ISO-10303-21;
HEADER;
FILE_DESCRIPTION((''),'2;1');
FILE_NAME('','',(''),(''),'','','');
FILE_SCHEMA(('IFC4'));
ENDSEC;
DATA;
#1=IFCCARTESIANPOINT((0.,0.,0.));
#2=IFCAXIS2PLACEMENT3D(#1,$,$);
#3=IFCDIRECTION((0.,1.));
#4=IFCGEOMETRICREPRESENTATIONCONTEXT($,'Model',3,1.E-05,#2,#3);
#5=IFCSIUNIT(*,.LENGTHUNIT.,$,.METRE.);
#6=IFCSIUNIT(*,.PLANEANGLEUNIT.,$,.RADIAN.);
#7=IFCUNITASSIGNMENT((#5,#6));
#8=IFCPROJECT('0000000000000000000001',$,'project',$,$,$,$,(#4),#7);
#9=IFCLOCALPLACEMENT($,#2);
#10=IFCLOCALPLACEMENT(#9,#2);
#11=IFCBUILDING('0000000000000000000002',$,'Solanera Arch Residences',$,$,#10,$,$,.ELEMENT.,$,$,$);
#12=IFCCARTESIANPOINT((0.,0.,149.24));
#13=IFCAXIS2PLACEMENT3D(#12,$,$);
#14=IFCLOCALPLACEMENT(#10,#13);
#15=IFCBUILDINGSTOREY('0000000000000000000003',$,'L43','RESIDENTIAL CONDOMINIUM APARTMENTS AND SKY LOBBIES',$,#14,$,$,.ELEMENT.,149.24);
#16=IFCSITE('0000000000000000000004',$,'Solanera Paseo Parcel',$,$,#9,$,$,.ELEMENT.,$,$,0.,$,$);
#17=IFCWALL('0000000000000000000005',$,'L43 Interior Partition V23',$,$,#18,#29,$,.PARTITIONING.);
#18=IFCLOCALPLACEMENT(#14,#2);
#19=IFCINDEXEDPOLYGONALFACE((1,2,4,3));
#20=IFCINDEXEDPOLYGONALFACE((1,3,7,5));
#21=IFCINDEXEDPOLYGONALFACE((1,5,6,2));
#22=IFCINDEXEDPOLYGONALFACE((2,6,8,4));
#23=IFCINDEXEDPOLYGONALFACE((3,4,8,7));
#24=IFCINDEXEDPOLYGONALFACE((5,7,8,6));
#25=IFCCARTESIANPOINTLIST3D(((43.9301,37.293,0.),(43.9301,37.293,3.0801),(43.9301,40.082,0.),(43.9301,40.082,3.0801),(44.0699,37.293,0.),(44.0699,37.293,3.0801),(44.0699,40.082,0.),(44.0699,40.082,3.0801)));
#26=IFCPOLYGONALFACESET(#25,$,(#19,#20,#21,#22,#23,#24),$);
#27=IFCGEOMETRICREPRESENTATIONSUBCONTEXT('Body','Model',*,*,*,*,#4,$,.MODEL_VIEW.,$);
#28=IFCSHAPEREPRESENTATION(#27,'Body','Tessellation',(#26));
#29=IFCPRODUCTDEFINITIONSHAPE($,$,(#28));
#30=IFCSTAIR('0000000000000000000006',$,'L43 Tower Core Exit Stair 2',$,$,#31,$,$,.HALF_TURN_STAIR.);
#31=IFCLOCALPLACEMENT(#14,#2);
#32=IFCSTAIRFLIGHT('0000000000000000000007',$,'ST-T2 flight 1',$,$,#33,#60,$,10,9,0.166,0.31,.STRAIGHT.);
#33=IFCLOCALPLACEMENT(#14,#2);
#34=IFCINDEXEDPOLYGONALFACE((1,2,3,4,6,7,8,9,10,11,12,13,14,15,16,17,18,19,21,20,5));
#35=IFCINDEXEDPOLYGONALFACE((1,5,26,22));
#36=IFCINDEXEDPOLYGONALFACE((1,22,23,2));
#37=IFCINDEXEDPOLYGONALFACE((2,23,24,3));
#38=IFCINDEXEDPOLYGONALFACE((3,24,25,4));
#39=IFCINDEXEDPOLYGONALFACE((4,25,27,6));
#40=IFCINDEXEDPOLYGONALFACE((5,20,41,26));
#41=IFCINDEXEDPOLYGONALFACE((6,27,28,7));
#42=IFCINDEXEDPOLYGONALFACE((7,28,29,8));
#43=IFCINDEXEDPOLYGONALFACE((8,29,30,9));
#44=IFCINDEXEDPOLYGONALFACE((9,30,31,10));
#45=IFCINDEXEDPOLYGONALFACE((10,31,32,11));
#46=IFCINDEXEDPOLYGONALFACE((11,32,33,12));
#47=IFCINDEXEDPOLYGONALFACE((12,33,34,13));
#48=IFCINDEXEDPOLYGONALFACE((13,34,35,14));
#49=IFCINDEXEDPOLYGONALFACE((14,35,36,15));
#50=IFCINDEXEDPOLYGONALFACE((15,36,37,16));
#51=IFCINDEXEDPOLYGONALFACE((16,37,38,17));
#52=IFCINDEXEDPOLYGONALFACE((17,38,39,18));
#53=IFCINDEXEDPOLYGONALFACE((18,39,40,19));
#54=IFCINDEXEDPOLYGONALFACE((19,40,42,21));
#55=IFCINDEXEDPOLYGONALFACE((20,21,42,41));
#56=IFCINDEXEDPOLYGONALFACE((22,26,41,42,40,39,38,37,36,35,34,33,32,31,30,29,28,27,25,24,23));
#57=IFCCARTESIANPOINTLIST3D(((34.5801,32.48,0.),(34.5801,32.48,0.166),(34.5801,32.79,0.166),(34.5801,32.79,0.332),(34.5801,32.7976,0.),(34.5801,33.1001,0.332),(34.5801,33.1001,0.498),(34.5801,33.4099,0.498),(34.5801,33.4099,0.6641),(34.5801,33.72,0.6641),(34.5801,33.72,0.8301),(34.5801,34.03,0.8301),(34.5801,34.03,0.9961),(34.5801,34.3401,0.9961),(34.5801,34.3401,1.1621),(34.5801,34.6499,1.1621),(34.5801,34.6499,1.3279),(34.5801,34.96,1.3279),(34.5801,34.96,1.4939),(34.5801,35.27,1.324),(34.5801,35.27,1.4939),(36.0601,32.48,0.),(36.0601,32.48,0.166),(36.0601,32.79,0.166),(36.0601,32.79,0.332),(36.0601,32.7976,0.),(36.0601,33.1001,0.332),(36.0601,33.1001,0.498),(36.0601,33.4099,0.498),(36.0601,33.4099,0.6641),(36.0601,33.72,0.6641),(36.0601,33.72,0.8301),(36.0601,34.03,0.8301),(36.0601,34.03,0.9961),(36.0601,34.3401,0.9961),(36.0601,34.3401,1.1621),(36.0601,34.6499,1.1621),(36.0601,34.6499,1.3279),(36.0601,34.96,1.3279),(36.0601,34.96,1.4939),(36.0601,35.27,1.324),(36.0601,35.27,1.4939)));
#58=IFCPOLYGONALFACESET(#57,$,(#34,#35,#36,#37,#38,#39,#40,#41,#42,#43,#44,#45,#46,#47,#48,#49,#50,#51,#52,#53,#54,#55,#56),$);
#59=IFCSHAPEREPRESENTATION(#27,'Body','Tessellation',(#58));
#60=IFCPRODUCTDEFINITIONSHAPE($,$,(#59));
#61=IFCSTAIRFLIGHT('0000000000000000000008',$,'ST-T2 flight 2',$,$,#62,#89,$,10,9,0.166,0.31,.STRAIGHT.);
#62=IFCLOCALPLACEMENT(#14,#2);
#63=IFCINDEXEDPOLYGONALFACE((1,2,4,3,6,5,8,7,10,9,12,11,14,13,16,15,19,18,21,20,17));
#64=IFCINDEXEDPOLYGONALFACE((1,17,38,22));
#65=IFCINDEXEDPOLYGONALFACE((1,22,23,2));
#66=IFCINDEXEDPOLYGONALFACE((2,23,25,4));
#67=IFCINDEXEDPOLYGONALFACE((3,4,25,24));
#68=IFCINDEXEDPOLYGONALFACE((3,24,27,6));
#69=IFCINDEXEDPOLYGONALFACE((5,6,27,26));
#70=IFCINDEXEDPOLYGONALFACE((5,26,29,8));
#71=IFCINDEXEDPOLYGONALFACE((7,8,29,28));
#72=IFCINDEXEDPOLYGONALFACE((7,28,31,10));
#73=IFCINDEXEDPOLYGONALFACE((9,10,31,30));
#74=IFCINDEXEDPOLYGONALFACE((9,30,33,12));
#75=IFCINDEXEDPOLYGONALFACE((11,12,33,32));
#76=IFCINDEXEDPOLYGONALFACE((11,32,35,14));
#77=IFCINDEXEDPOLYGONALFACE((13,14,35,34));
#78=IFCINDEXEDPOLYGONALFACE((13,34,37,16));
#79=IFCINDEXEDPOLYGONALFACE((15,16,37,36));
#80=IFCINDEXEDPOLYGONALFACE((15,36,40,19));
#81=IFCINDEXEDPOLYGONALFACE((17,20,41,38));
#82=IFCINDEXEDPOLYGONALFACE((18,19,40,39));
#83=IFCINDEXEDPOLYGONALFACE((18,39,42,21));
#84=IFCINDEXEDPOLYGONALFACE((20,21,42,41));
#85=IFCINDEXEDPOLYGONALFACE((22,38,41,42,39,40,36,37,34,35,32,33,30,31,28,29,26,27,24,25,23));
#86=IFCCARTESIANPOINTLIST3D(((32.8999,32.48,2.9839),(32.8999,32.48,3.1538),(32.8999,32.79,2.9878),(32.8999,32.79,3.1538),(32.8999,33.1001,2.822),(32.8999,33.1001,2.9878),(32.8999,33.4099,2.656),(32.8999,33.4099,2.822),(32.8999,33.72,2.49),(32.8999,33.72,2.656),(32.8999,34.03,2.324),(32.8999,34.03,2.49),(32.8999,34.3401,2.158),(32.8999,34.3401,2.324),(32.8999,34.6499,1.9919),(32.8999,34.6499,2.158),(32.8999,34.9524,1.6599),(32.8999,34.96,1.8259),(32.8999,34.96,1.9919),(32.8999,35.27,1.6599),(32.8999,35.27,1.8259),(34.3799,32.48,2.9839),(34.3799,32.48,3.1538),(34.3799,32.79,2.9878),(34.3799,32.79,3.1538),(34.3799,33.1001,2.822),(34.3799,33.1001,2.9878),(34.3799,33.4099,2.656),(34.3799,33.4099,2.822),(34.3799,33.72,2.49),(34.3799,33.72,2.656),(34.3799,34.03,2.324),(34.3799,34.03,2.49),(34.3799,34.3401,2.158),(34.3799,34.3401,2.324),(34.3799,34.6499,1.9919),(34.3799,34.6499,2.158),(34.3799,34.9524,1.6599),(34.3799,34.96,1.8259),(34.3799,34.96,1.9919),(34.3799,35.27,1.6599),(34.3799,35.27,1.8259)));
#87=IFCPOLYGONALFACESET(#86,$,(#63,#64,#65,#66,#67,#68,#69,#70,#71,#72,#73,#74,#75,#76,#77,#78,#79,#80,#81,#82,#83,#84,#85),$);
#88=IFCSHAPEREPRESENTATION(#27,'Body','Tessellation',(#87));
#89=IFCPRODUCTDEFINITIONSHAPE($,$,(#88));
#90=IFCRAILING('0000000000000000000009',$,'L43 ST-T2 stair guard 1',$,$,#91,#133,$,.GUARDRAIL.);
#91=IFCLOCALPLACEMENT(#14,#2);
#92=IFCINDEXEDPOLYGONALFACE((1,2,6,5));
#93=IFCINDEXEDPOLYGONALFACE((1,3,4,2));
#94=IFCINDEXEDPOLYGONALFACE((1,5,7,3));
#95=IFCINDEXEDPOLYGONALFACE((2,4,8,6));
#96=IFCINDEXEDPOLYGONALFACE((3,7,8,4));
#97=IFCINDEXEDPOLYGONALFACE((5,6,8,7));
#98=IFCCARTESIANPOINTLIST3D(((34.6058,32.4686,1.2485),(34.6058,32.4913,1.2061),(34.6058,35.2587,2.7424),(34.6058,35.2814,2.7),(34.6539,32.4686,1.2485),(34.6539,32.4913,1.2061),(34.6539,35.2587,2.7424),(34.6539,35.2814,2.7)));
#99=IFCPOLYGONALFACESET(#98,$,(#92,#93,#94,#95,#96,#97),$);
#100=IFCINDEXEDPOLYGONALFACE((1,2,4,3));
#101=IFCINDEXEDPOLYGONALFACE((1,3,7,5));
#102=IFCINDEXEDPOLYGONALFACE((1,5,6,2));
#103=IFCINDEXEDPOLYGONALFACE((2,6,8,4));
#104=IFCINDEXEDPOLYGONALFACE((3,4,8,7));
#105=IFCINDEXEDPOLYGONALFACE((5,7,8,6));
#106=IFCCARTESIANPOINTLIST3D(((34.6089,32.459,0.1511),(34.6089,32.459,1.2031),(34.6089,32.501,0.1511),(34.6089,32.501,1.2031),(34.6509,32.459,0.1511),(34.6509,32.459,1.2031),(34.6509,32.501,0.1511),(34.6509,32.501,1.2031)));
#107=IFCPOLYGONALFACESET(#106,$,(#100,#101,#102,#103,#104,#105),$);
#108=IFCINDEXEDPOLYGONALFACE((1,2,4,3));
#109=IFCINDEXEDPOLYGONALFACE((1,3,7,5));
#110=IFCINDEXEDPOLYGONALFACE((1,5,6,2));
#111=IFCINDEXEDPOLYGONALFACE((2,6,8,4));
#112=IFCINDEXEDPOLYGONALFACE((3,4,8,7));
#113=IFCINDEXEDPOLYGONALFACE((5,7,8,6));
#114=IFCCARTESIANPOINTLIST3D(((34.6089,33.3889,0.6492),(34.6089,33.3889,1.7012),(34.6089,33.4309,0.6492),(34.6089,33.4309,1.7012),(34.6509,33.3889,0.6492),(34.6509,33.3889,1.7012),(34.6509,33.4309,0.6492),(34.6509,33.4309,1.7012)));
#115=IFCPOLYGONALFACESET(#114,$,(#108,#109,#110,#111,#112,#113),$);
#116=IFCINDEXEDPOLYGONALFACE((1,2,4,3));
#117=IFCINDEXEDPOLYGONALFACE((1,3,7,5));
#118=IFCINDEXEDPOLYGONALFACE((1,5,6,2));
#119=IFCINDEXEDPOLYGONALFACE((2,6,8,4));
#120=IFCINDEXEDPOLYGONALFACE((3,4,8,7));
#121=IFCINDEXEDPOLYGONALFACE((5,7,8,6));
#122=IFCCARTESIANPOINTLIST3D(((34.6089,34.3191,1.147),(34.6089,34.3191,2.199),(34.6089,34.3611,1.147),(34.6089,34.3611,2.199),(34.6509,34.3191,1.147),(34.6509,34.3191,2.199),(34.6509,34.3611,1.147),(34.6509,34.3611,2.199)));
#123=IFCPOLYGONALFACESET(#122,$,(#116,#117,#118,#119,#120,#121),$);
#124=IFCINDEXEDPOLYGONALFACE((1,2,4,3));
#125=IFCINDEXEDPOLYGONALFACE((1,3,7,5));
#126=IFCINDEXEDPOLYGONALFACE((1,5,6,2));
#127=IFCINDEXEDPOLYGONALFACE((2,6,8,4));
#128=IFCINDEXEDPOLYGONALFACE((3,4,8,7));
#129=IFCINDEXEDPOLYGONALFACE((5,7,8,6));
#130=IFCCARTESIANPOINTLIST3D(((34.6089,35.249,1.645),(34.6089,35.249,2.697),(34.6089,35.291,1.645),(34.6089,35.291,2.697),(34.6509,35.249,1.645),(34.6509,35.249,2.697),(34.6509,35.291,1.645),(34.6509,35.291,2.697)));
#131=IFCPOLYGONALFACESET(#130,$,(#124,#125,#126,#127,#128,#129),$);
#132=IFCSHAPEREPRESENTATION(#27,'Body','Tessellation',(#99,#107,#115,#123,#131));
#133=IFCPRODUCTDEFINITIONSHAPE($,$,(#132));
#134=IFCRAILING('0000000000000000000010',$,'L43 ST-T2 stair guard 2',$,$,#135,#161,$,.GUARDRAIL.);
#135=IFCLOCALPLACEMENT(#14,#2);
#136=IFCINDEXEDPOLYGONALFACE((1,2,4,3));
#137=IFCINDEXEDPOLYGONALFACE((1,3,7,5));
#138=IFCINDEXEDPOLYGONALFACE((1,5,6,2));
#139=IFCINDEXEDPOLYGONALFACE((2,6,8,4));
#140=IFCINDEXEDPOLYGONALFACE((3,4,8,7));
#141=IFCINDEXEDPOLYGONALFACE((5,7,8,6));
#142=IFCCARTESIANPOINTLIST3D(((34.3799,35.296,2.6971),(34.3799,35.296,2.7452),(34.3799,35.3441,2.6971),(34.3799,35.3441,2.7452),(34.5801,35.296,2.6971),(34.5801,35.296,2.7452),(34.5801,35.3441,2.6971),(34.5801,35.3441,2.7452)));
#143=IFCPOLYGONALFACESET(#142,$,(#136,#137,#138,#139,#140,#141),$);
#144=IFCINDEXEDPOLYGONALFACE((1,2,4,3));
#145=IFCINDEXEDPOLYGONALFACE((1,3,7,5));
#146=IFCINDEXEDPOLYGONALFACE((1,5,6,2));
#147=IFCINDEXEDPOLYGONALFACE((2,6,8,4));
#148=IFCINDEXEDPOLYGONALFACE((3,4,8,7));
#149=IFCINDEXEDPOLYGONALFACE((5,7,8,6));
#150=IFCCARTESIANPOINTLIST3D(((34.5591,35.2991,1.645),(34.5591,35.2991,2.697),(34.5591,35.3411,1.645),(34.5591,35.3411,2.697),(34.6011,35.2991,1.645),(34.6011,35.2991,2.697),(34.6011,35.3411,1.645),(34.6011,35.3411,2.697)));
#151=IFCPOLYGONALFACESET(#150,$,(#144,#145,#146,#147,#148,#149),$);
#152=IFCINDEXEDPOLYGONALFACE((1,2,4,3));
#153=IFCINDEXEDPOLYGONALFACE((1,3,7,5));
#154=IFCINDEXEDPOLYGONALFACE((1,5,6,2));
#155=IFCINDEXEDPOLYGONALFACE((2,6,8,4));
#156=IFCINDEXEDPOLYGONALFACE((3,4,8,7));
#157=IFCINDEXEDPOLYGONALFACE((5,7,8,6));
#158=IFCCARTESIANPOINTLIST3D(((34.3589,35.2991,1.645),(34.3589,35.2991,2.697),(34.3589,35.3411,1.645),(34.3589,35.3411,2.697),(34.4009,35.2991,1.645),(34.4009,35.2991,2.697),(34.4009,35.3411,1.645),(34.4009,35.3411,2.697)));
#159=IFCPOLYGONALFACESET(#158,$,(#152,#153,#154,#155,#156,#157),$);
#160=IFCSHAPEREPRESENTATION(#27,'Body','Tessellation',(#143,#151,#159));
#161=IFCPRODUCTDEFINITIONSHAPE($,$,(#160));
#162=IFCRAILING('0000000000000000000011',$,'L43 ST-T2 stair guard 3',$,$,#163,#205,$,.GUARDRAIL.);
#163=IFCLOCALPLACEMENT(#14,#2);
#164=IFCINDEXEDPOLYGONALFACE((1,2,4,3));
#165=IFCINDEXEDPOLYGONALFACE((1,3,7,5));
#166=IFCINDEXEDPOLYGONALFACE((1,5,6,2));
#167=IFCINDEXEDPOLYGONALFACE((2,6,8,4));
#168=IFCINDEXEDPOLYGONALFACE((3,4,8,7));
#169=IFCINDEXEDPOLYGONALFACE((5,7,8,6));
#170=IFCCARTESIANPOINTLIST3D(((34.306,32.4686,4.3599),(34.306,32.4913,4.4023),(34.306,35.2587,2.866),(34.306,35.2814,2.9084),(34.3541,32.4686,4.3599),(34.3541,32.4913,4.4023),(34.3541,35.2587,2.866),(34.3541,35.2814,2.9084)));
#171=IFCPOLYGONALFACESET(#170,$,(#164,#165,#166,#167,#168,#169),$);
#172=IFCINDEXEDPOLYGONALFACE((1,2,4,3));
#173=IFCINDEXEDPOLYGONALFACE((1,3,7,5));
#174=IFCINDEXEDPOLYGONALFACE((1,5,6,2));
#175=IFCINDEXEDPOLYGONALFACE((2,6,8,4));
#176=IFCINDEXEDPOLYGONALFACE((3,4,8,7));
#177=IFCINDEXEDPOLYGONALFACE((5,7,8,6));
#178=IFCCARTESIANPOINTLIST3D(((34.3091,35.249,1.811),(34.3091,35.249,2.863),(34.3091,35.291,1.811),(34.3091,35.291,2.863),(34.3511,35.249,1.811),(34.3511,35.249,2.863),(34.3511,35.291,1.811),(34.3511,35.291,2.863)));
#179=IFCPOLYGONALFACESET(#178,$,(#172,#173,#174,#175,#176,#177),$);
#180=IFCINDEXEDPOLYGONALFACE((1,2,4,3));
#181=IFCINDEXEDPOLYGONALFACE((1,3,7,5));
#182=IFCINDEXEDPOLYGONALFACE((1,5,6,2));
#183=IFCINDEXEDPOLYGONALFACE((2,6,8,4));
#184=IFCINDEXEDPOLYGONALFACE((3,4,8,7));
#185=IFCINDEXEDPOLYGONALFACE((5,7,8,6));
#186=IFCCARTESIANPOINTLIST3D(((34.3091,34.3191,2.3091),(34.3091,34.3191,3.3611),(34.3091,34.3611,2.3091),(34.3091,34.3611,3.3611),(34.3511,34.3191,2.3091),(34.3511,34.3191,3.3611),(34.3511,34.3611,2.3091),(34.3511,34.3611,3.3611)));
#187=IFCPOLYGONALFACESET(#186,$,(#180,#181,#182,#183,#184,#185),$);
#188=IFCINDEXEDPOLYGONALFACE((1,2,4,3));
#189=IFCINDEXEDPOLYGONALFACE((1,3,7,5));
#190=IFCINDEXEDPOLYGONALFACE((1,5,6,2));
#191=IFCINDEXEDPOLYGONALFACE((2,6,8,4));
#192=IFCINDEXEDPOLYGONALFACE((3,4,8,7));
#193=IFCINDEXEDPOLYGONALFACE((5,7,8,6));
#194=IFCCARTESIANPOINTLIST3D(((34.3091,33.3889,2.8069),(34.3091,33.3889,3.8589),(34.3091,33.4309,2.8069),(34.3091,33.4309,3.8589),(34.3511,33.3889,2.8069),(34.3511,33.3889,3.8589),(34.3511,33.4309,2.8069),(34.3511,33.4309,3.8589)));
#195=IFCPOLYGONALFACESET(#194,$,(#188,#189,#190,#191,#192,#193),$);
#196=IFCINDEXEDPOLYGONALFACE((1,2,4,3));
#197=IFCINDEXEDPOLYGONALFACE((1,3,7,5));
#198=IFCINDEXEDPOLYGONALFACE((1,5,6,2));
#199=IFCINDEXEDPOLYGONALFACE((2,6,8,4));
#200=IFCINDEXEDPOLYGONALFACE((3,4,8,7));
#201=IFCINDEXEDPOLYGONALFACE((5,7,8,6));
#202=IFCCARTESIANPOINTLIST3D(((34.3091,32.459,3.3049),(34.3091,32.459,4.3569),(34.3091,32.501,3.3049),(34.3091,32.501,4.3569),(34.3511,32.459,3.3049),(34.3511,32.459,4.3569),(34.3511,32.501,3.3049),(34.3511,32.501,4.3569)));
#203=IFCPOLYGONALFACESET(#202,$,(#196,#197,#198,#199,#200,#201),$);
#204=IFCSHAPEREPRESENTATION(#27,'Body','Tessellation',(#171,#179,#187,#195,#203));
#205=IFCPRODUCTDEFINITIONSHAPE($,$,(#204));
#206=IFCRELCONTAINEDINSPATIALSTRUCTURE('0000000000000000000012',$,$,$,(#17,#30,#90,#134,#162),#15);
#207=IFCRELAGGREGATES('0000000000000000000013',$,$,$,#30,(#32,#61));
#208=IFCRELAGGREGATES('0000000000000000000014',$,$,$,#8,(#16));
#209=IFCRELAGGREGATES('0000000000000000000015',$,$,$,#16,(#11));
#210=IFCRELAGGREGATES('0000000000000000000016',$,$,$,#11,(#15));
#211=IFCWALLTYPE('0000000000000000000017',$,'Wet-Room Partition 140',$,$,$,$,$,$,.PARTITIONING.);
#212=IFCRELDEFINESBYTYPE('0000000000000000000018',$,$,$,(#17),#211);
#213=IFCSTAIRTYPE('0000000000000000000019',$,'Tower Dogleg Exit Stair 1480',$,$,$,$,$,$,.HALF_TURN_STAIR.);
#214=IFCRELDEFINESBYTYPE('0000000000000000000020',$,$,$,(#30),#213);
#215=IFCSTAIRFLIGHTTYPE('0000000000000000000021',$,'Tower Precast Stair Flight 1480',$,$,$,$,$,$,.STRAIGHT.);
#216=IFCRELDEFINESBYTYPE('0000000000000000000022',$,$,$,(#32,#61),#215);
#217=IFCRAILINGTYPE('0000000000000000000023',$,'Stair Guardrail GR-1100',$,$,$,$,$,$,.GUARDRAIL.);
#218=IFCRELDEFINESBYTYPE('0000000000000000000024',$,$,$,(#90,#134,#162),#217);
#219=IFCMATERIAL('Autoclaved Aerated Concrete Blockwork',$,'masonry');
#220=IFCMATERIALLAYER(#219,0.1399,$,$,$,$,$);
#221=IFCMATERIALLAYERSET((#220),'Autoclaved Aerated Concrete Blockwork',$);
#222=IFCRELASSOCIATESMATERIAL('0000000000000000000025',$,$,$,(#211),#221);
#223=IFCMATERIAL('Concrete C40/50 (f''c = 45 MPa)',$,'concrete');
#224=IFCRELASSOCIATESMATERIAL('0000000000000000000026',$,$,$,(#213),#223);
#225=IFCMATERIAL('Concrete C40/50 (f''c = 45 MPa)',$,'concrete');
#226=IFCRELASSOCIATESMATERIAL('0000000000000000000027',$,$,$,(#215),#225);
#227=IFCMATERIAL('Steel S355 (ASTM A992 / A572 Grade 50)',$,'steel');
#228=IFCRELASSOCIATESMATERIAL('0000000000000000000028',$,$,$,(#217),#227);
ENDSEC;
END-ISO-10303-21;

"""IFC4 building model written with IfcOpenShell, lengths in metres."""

from ifc_helpers import new_model, si_unit, direction, frame, frame_2d, origin, origin_2d, place, context, subcontext, project, spatial, polyline, rectangle, outline, extrude, material, layer, layer_set, type_object, element, aggregate, save


model = new_model("IFC4")

# Units and contexts
model_context = context("Model", 3, precision=1e-05, world=origin(), true_north=direction((0.0, 1.0)))
body_context = subcontext(model_context, "Body", "Model", "MODEL_VIEW")
ifc_project = project(units=[si_unit("LENGTHUNIT", "METRE"), si_unit("PLANEANGLEUNIT", "RADIAN")], contexts=[model_context])

# Site, building, storey
site_placement = place(None, origin())
site = spatial("IfcSite", under=ifc_project, at=site_placement, Name="Solanera Paseo Parcel", CompositionType="ELEMENT", RefElevation=0.0)
building_placement = place(site_placement, origin())
building = spatial("IfcBuilding", under=site, at=building_placement, Name="Solanera Arch Residences", CompositionType="ELEMENT")
storey_placement = place(building_placement, frame((0.0, 0.0, 149.24)))
storey = spatial("IfcBuildingStorey", under=building, at=storey_placement, Name="L43", Description="RESIDENTIAL CONDOMINIUM APARTMENTS AND SKY LOBBIES", CompositionType="ELEMENT", Elevation=149.24)

# Shared definitions
ifc_material_1 = material(Name="Autoclaved Aerated Concrete Blockwork", Category="masonry")
ifc_layer_1 = layer(ifc_material_1, 0.1399)
ifc_layer_set_1 = layer_set([ifc_layer_1], Name="Autoclaved Aerated Concrete Blockwork")
wall_type_1 = type_object("IfcWallType", Name="Wet-Room Partition 140", PredefinedType="PARTITIONING", material=ifc_layer_set_1)

# Wall
wall_1_placement = place(storey_placement, frame((44.0, 37.293, 0.0), z_axis=(0.0, 0.0, 1.0), x_axis=(0.0, 1.0, 0.0)))
element("IfcWall", 1, at=wall_1_placement, inside=storey, type_object=wall_type_1, Name="L43 Interior Partition V23", PredefinedType="PARTITIONING", context=body_context, shape_type="SweptSolid", body=[
    extrude(rectangle(XDim=2.7891, YDim=0.1399, at=frame_2d((1.3945, 0.0))), origin(), (0.0, 0.0, 1.0), 3.0801),
])

# Stair, stair flights
ifc_material_2 = material(Name="Concrete C40/50 (f'c = 45 MPa)", Category="concrete")
stair_type = type_object("IfcStairType", Name="Tower Dogleg Exit Stair 1480", PredefinedType="HALF_TURN_STAIR", material=ifc_material_2)
stair_placement = place(storey_placement, origin())
stair = element("IfcStair", 2, at=stair_placement, inside=storey, type_object=stair_type, Name="L43 Tower Core Exit Stair 2", PredefinedType="HALF_TURN_STAIR")
ifc_material_3 = material(Name="Concrete C40/50 (f'c = 45 MPa)", Category="concrete")
stair_flight_type = type_object("IfcStairFlightType", Name="Tower Precast Stair Flight 1480", PredefinedType="STRAIGHT", material=ifc_material_3)
stair_flight_1_placement = place(storey_placement, frame((35.3201, 32.48, 0.0), z_axis=(0.0, 0.0, 1.0), x_axis=(0.0, 1.0, 0.0)))
stair_flight_1 = element("IfcStairFlight", 3, at=stair_flight_1_placement, type_object=stair_flight_type, Name="ST-T2 flight 1", NumberOfRisers=10, NumberOfTreads=9, PredefinedType="STRAIGHT", RiserHeight=0.166, TreadLength=0.31, context=body_context, shape_type="SweptSolid", body=[
    extrude(outline(polyline([(0.0, 0.0), (0.0, 0.166), (0.3101, 0.166), (0.3101, 0.332), (0.6201, 0.332), (0.6201, 0.498), (0.9299, 0.498), (0.9299, 0.6641), (1.24, 0.6641), (1.24, 0.8301), (1.55, 0.8301), (1.55, 0.9961), (1.8601, 0.9961), (1.8601, 1.1621), (2.1699, 1.1621), (2.1699, 1.3279), (2.48, 1.3279), (2.48, 1.4939), (2.79, 1.4939), (2.79, 1.6599), (2.79, 1.324), (0.3176, 0.0), (0.0, 0.0)])), frame((0.0, 0.74, 0.0), z_axis=(0.0, -1.0, 0.0), x_axis=(1.0, 0.0, 0.0)), (0.0, 0.0, 1.0), 1.48),
])
stair_flight_2_placement = place(storey_placement, frame((33.6399, 35.27, 1.6599), z_axis=(0.0, 0.0, 1.0), x_axis=(0.0, -1.0, 0.0)))
stair_flight_2 = element("IfcStairFlight", 4, at=stair_flight_2_placement, type_object=stair_flight_type, Name="ST-T2 flight 2", NumberOfRisers=10, NumberOfTreads=9, PredefinedType="STRAIGHT", RiserHeight=0.166, TreadLength=0.31, context=body_context, shape_type="SweptSolid", body=[
    extrude(outline(polyline([(0.0, 0.0), (0.0, 0.166), (0.3101, 0.166), (0.3101, 0.332), (0.6201, 0.332), (0.6201, 0.498), (0.9299, 0.498), (0.9299, 0.6641), (1.24, 0.6641), (1.24, 0.8301), (1.55, 0.8301), (1.55, 0.9961), (1.8601, 0.9961), (1.8601, 1.1621), (2.1699, 1.1621), (2.1699, 1.3279), (2.48, 1.3279), (2.48, 1.4939), (2.79, 1.4939), (2.79, 1.6599), (2.79, 1.324), (0.3176, 0.0), (0.0, 0.0)])), frame((0.0, 0.74, 0.0), z_axis=(0.0, -1.0, 0.0), x_axis=(1.0, 0.0, 0.0)), (0.0, 0.0, 1.0), 1.48),
])
aggregate(stair, [stair_flight_1, stair_flight_2])

# Railings
ifc_material_4 = material(Name="Steel S355 (ASTM A992 / A572 Grade 50)", Category="steel")
railing_type_1 = type_object("IfcRailingType", Name="Stair Guardrail GR-1100", PredefinedType="GUARDRAIL", material=ifc_material_4)
railing_1_placement = place(storey_placement, frame((34.6299, 32.48, 0.1511)))
element("IfcRailing", 5, at=railing_1_placement, inside=storey, type_object=railing_type_1, Name="L43 ST-T2 stair guard 1", PredefinedType="GUARDRAIL", context=body_context, shape_type="SweptSolid", body=[
    extrude(rectangle(XDim=0.0481, YDim=0.0481, at=origin_2d()), frame((0.0, 0.0, 1.0762), z_axis=(0.0, 0.881581, 0.472033), x_axis=(-1.0, 0.0, 0.0)), (0.0, 0.0, 1.0), 3.1648),
    extrude(rectangle(XDim=0.042, YDim=0.042, at=origin_2d()), origin(), (0.0, 0.0, 1.0), 1.052),
    extrude(rectangle(XDim=0.042, YDim=0.042, at=origin_2d()), frame((0.0, 0.9299, 0.498)), (0.0, 0.0, 1.0), 1.052),
    extrude(rectangle(XDim=0.042, YDim=0.042, at=origin_2d()), frame((0.0, 1.8601, 0.9958)), (0.0, 0.0, 1.0), 1.052),
    extrude(rectangle(XDim=0.042, YDim=0.042, at=origin_2d()), frame((0.0, 2.79, 1.4939)), (0.0, 0.0, 1.0), 1.052),
])
railing_2_placement = place(storey_placement, frame((34.5801, 35.3201, 1.645)))
element("IfcRailing", 6, at=railing_2_placement, inside=storey, type_object=railing_type_1, Name="L43 ST-T2 stair guard 2", PredefinedType="GUARDRAIL", context=body_context, shape_type="SweptSolid", body=[
    extrude(rectangle(XDim=0.0481, YDim=0.0481, at=origin_2d()), frame((0.0, 0.0, 1.0762), z_axis=(-1.0, 0.0, 0.0), x_axis=(0.0, -1.0, 0.0)), (0.0, 0.0, 1.0), 0.2002),
    extrude(rectangle(XDim=0.042, YDim=0.042, at=origin_2d()), origin(), (0.0, 0.0, 1.0), 1.052),
    extrude(rectangle(XDim=0.042, YDim=0.042, at=origin_2d()), frame((-0.2002, 0.0, 0.0)), (0.0, 0.0, 1.0), 1.052),
])
railing_3_placement = place(storey_placement, frame((34.3301, 35.27, 1.811)))
element("IfcRailing", 7, at=railing_3_placement, inside=storey, type_object=railing_type_1, Name="L43 ST-T2 stair guard 3", PredefinedType="GUARDRAIL", context=body_context, shape_type="SweptSolid", body=[
    extrude(rectangle(XDim=0.0481, YDim=0.0481, at=origin_2d()), frame((0.0, 0.0, 1.0762), z_axis=(0.0, -0.881581, 0.472033), x_axis=(1.0, 0.0, 0.0)), (0.0, 0.0, 1.0), 3.1648),
    extrude(rectangle(XDim=0.042, YDim=0.042, at=origin_2d()), origin(), (0.0, 0.0, 1.0), 1.052),
    extrude(rectangle(XDim=0.042, YDim=0.042, at=origin_2d()), frame((0.0, -0.9299, 0.498)), (0.0, 0.0, 1.0), 1.052),
    extrude(rectangle(XDim=0.042, YDim=0.042, at=origin_2d()), frame((0.0, -1.8601, 0.9958)), (0.0, 0.0, 1.0), 1.052),
    extrude(rectangle(XDim=0.042, YDim=0.042, at=origin_2d()), frame((0.0, -2.79, 1.4939)), (0.0, 0.0, 1.0), 1.052),
])

save(model, "model.ifc")
